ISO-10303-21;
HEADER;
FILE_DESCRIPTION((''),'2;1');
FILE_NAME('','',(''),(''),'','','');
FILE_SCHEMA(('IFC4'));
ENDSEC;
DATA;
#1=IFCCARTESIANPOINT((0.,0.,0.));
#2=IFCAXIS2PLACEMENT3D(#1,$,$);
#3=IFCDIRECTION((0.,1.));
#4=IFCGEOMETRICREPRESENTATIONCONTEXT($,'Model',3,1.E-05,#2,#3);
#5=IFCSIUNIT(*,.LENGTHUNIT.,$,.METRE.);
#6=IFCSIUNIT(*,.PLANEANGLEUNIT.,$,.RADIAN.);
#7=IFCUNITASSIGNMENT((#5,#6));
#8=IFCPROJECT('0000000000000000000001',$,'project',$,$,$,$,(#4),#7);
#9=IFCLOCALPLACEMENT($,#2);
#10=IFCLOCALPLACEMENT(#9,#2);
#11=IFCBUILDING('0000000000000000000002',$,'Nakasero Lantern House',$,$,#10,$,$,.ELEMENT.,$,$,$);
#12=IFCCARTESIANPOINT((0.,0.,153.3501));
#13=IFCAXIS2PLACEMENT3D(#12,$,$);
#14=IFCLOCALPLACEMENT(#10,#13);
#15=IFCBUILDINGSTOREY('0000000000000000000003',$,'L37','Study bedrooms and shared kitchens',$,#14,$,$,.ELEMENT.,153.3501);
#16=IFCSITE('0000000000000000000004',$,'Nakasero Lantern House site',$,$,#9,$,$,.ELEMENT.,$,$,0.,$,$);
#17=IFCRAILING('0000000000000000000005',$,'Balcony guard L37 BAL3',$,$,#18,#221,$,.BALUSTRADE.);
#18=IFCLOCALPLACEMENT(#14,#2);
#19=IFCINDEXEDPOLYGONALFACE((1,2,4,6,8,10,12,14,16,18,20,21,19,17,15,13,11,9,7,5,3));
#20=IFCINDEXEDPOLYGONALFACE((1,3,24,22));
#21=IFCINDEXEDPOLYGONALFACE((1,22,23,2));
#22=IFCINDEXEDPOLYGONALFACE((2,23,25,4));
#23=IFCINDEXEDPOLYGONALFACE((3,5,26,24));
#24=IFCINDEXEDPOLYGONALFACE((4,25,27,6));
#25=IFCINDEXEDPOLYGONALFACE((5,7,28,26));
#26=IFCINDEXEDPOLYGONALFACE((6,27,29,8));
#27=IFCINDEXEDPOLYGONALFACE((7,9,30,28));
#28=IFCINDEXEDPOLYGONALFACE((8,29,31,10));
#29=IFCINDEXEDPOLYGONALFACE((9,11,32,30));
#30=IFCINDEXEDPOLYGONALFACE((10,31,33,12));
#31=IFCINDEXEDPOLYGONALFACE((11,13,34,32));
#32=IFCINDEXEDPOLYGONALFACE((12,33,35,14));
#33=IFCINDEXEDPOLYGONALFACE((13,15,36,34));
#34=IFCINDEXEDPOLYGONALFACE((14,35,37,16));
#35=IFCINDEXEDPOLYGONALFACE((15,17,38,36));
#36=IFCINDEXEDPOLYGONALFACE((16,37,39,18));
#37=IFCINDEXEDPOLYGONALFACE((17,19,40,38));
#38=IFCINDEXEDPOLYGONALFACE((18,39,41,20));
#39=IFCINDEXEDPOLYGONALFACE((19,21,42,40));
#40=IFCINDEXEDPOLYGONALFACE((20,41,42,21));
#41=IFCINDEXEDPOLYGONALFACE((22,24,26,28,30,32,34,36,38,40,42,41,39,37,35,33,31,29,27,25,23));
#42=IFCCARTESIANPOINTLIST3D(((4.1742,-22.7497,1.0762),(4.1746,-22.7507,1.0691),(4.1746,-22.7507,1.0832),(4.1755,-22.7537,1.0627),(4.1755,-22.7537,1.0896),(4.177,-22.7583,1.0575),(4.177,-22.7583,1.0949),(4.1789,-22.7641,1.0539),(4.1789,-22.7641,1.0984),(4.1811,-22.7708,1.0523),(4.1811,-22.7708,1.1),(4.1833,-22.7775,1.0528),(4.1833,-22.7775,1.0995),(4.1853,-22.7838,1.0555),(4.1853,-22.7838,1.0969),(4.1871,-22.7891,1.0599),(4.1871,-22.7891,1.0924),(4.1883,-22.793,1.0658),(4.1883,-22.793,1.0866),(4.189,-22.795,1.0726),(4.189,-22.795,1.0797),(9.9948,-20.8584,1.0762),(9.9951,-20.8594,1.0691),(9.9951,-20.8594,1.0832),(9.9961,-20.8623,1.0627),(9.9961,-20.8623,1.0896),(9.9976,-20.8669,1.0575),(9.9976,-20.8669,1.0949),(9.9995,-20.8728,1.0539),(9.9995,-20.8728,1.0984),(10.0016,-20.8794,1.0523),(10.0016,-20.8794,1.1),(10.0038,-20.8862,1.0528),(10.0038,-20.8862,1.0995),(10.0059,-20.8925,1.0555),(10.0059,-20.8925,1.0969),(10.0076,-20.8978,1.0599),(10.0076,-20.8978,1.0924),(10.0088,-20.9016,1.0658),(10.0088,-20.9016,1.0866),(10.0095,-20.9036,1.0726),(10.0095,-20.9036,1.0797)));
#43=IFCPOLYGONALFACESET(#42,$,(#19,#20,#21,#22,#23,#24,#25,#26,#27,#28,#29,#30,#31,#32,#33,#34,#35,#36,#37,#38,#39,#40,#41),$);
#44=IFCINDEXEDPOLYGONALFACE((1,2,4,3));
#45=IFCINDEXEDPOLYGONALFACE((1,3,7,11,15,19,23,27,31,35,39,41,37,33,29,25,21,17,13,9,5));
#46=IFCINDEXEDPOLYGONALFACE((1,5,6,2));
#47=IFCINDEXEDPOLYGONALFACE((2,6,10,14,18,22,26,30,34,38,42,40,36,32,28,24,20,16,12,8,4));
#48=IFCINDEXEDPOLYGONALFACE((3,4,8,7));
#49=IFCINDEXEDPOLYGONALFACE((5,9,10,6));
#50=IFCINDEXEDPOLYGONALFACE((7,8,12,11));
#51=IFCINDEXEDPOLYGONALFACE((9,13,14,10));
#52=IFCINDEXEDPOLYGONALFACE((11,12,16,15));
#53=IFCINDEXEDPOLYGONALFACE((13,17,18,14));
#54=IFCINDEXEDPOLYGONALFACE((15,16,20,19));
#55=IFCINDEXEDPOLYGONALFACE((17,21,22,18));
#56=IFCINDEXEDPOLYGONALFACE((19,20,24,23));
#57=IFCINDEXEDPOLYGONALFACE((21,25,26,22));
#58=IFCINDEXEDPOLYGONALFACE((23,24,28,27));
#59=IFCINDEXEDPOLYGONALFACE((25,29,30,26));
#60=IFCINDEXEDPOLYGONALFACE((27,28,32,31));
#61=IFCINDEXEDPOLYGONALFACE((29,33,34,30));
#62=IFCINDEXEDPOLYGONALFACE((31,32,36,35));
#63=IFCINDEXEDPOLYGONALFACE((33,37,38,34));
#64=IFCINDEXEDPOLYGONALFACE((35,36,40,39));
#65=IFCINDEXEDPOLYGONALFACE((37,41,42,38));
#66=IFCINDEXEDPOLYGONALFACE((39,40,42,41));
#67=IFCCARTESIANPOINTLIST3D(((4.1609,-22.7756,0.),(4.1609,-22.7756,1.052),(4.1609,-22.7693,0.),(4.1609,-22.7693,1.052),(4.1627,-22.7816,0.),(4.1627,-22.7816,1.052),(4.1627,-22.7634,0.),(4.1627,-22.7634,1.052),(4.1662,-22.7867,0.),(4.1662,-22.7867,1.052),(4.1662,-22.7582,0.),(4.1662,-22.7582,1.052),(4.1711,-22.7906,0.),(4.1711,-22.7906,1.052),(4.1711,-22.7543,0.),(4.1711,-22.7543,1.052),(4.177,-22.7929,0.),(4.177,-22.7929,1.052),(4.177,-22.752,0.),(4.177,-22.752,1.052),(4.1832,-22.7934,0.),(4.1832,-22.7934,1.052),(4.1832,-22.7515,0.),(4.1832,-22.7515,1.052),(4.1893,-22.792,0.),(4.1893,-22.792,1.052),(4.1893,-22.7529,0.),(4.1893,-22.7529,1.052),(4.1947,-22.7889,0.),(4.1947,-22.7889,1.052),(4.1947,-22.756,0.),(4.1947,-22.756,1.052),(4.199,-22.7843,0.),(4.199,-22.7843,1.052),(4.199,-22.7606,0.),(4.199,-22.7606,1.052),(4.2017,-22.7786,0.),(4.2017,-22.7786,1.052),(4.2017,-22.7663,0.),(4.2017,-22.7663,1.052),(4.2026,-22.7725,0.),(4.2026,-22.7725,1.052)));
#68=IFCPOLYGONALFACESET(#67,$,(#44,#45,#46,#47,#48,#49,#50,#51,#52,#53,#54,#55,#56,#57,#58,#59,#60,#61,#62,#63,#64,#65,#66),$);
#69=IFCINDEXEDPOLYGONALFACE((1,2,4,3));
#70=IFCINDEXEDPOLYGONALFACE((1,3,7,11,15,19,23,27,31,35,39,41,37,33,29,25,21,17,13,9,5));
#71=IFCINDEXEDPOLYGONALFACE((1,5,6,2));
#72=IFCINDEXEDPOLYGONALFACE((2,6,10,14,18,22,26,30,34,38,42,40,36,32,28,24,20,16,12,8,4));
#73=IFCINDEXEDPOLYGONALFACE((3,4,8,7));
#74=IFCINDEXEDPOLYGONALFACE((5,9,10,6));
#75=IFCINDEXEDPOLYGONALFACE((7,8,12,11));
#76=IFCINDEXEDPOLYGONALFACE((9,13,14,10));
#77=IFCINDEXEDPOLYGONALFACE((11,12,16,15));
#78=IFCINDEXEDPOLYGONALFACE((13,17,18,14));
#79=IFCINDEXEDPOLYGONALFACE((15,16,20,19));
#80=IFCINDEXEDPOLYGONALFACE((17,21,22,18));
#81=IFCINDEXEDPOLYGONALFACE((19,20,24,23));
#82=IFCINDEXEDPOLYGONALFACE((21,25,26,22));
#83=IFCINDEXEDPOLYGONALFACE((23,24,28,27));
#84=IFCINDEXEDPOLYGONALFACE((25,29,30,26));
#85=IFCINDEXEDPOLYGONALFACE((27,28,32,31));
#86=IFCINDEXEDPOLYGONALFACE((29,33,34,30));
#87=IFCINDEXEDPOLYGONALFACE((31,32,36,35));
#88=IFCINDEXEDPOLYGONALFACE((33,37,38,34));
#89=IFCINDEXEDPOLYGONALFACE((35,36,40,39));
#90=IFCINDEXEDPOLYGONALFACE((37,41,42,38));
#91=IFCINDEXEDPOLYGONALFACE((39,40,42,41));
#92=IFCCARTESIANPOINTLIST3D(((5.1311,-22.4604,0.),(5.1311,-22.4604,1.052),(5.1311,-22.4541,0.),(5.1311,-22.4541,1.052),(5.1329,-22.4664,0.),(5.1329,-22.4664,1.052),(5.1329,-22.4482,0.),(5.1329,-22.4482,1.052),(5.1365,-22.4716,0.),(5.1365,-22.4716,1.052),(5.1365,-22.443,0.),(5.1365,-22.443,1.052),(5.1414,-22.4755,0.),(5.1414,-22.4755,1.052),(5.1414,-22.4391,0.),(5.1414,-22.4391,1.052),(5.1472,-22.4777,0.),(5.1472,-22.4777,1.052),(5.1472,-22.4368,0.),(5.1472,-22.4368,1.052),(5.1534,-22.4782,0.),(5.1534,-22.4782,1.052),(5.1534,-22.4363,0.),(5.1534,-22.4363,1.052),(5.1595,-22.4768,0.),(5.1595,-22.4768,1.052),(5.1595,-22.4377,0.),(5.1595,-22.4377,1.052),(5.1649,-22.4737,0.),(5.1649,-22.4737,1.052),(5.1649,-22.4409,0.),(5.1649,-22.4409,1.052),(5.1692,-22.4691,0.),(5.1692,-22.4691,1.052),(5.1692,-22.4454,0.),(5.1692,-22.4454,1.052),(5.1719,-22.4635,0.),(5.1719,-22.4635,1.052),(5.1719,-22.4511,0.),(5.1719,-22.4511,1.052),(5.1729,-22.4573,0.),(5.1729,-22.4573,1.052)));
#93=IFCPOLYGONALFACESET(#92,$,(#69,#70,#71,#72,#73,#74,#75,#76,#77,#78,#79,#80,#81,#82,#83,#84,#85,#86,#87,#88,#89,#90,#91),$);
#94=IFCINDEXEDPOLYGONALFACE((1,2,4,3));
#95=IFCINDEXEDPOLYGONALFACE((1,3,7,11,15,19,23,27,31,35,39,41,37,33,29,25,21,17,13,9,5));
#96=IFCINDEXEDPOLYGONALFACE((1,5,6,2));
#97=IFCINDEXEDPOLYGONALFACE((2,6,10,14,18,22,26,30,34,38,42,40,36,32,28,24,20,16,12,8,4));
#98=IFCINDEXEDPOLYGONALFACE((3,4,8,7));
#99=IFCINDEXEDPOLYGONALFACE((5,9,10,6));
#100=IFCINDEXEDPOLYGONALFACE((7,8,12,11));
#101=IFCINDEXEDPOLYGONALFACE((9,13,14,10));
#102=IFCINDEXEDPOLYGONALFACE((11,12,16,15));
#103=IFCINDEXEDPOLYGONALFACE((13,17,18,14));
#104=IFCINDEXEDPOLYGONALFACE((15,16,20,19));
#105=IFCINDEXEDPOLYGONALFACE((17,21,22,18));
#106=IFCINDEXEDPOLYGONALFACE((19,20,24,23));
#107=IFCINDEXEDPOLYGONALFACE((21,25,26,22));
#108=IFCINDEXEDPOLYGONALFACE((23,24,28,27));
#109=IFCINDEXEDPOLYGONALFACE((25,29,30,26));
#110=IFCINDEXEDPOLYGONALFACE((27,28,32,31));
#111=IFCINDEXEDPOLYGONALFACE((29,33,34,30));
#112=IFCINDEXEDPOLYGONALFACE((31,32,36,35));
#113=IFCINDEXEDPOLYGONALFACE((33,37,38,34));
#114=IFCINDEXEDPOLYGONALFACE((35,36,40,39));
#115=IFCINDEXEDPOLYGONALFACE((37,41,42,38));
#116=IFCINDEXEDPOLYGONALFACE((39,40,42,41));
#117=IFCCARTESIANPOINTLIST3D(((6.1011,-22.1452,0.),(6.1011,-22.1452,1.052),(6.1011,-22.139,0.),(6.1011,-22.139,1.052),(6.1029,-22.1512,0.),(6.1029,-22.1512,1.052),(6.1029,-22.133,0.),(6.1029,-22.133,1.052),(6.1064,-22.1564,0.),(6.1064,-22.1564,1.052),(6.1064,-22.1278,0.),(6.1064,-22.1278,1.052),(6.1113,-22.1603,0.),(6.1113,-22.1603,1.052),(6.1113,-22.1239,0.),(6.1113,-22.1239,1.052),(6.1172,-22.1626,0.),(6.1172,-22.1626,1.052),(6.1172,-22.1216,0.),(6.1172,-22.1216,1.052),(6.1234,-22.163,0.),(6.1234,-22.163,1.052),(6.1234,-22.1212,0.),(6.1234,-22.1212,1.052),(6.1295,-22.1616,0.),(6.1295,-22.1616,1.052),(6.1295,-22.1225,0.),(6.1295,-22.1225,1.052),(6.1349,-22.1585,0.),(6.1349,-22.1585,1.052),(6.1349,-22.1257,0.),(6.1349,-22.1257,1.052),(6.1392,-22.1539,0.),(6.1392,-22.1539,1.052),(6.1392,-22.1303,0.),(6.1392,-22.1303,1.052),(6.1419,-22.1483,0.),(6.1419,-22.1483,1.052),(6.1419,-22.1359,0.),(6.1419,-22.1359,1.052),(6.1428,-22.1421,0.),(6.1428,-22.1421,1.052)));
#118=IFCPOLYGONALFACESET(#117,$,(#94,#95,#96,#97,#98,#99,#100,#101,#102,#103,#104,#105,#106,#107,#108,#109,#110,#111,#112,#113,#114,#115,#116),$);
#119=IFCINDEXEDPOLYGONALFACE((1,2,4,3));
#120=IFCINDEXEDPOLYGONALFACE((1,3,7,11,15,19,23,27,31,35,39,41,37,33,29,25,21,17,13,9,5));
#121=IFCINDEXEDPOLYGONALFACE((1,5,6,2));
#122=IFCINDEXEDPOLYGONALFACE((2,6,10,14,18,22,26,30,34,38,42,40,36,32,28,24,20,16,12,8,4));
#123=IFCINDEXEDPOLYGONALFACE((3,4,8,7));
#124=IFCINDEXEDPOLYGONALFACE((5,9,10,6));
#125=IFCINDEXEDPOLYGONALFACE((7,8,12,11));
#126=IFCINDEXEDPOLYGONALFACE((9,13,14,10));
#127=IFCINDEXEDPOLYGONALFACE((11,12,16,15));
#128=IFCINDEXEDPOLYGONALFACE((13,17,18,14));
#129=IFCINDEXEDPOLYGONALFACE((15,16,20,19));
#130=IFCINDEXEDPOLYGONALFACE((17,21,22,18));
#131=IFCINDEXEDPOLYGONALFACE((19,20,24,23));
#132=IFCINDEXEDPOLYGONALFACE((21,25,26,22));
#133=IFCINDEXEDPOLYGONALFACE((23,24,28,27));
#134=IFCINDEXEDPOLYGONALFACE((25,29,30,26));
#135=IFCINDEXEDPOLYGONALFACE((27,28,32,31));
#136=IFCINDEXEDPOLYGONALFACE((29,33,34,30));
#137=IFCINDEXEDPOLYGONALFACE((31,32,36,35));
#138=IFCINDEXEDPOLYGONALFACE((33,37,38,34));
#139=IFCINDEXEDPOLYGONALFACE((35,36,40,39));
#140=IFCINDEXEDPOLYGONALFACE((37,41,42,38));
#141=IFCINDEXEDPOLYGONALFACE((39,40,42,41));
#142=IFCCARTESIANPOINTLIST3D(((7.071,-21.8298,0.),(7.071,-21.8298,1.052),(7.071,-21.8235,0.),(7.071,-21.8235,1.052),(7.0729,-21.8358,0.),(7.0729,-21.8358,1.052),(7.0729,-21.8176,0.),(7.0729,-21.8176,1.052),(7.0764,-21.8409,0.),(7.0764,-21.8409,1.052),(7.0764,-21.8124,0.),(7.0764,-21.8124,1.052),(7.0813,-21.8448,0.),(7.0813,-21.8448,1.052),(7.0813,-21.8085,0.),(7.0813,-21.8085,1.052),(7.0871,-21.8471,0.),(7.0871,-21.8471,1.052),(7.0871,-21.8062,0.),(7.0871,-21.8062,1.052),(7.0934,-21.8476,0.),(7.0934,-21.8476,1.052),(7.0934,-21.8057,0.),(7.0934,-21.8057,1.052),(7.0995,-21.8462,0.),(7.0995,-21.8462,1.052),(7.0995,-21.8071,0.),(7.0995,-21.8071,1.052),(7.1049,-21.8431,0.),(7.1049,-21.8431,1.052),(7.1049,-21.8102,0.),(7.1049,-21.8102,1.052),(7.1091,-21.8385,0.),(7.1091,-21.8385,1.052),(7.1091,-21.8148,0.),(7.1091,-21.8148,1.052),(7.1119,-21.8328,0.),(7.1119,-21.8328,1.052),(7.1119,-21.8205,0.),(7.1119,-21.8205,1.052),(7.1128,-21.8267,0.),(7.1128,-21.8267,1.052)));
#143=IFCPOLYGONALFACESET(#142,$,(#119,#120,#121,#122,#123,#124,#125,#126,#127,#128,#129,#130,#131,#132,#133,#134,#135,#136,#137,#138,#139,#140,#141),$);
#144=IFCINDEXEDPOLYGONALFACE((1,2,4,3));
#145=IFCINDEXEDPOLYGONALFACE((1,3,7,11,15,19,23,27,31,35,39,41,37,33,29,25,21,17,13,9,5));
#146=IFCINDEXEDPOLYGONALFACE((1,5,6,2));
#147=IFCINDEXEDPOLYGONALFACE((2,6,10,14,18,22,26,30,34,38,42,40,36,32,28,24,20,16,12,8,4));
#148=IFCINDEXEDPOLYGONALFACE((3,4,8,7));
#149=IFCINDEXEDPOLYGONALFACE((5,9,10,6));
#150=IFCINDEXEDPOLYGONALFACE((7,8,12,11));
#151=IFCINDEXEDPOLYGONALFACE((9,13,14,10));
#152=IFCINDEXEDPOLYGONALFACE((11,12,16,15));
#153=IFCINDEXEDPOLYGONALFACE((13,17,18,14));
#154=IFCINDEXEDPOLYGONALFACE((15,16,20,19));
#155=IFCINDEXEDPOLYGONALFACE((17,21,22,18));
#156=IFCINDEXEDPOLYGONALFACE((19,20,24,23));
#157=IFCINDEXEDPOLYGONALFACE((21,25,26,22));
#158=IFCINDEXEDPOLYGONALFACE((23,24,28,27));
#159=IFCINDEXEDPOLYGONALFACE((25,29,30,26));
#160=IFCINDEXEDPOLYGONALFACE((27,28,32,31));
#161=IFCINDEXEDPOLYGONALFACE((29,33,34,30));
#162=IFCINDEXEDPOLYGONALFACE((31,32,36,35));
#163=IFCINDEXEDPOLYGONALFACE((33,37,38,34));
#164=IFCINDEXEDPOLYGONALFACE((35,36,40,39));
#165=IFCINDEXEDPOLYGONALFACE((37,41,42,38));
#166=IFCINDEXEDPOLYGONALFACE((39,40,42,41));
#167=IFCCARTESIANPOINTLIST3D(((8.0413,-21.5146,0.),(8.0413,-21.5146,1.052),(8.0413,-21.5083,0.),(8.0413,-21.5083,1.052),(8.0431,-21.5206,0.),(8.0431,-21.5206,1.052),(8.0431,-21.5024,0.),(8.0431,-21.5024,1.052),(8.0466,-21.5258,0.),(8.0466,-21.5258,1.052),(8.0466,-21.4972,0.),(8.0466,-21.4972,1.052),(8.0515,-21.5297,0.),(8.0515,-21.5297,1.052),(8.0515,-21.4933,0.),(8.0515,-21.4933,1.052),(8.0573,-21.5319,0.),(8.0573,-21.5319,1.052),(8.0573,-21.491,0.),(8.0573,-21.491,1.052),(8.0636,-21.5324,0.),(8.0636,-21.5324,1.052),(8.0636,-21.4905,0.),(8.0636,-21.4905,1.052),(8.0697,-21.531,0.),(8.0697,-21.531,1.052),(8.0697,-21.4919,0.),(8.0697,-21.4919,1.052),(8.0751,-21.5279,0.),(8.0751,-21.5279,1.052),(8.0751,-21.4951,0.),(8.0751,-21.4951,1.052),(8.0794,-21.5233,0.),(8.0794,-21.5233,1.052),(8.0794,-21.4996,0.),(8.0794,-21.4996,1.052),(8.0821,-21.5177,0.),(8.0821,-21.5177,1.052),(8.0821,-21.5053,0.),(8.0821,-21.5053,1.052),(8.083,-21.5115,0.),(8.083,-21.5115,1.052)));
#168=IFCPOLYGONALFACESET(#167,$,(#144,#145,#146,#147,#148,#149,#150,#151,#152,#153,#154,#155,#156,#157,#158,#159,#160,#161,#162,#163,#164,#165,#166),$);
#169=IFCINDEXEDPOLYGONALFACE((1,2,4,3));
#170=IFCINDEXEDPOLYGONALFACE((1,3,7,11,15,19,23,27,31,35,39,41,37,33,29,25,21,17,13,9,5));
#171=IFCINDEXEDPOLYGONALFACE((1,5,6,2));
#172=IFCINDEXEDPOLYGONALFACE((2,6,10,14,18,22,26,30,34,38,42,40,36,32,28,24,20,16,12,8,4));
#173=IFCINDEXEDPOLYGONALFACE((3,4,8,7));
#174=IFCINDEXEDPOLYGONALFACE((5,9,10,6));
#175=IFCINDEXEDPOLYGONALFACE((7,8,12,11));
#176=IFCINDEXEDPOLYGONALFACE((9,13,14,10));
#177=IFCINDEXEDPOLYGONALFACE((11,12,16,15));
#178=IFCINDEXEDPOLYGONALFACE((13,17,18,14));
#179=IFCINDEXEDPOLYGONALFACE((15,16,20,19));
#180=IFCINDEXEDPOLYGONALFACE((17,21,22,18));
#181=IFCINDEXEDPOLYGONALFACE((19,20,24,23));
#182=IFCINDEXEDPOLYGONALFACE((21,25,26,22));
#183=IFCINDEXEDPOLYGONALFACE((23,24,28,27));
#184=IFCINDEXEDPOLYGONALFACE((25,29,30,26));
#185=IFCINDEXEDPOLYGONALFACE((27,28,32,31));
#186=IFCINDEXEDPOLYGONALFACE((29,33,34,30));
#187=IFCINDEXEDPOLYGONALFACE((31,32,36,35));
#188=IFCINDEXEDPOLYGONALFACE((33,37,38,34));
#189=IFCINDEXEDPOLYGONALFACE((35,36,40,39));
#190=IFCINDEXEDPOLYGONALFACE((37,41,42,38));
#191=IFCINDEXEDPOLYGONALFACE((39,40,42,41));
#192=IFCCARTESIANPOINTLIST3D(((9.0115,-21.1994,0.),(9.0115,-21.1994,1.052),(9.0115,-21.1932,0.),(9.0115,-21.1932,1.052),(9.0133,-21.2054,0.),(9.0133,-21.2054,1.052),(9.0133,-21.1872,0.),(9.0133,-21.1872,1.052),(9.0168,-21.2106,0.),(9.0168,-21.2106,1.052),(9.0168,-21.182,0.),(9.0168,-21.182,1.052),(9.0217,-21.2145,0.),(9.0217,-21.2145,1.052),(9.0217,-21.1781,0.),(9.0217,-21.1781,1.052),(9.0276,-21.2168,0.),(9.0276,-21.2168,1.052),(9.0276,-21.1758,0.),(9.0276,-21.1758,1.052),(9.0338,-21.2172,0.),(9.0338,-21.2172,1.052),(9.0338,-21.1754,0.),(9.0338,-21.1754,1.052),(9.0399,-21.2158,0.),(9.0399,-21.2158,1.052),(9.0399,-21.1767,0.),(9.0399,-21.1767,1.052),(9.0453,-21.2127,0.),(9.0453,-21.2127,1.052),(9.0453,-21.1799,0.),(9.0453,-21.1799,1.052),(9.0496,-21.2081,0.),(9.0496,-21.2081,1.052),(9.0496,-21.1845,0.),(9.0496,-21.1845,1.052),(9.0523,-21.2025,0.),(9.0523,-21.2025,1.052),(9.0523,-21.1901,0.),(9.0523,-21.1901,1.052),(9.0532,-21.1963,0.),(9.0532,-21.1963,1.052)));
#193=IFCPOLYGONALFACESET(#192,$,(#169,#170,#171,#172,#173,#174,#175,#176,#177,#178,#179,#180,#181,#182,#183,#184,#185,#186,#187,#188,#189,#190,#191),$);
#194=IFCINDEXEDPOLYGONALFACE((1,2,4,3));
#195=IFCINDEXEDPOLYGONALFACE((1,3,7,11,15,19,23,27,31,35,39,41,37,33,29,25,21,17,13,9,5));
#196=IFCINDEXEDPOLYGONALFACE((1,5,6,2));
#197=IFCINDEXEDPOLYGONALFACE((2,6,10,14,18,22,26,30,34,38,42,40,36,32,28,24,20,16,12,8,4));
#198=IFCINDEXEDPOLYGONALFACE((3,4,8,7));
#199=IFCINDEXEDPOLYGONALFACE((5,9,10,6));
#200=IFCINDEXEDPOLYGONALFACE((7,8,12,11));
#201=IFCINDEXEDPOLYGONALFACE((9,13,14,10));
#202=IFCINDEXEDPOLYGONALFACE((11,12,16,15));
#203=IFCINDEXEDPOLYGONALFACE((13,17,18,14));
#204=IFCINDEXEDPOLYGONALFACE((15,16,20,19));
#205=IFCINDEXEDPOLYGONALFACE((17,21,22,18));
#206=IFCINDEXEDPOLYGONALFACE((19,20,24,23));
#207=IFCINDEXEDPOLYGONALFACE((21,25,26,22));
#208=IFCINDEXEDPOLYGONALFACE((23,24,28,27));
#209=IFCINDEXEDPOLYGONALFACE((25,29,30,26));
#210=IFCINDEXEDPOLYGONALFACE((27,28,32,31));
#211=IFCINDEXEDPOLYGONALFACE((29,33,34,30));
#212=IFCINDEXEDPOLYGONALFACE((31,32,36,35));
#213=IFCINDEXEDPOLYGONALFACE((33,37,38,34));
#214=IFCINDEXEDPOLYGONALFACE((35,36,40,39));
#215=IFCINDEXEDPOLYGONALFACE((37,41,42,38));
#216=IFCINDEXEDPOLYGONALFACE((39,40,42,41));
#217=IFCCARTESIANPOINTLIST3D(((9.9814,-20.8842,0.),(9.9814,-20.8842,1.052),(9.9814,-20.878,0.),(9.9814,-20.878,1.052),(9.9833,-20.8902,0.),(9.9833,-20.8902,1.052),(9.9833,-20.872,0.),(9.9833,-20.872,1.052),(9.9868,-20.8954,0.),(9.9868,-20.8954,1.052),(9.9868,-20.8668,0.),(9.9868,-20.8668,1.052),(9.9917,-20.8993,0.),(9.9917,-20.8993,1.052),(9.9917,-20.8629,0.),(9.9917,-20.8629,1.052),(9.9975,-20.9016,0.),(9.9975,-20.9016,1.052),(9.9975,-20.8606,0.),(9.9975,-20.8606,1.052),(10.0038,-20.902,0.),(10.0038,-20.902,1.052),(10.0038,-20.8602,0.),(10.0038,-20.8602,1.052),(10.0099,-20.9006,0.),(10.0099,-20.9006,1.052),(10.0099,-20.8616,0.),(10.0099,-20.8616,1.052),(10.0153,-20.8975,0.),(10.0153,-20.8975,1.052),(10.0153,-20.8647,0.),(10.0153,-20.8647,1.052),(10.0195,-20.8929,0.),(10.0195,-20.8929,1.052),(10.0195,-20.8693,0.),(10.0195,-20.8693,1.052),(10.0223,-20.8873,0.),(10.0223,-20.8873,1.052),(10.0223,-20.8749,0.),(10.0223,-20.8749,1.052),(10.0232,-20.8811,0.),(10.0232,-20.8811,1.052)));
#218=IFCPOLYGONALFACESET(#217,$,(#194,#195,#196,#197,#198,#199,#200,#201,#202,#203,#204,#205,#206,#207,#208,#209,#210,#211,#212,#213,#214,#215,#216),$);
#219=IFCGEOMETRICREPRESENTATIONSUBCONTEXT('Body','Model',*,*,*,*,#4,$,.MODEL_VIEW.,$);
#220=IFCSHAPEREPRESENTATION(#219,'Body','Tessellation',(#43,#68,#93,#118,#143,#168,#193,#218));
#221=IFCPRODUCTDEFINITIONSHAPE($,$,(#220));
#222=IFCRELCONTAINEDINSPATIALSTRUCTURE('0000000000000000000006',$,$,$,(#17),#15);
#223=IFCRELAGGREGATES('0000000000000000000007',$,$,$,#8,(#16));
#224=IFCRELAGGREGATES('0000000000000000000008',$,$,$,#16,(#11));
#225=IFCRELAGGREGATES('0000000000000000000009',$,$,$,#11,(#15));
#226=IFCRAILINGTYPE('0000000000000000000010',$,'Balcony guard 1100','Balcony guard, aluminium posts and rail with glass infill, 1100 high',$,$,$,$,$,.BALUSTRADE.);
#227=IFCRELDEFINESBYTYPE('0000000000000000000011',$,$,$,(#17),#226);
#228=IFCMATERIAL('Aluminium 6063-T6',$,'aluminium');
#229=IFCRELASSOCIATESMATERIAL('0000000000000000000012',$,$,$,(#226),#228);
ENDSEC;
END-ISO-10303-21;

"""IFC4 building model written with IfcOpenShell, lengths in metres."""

from ifc_helpers import new_model, si_unit, direction, frame, origin, origin_2d, place, context, subcontext, project, spatial, circle, extrude, material, type_object, element, save


model = new_model("IFC4")

# Units and contexts
model_context = context("Model", 3, precision=1e-05, world=origin(), true_north=direction((0.0, 1.0)))
body_context = subcontext(model_context, "Body", "Model", "MODEL_VIEW")
ifc_project = project(units=[si_unit("LENGTHUNIT", "METRE"), si_unit("PLANEANGLEUNIT", "RADIAN")], contexts=[model_context])

# Site, building, storey
site_placement = place(None, origin())
site = spatial("IfcSite", under=ifc_project, at=site_placement, Name="Nakasero Lantern House site", CompositionType="ELEMENT", RefElevation=0.0)
building_placement = place(site_placement, origin())
building = spatial("IfcBuilding", under=site, at=building_placement, Name="Nakasero Lantern House", CompositionType="ELEMENT")
storey_placement = place(building_placement, frame((0.0, 0.0, 153.3501)))
storey = spatial("IfcBuildingStorey", under=building, at=storey_placement, Name="L37", Description="Study bedrooms and shared kitchens", CompositionType="ELEMENT", Elevation=153.3501)

# Railing
ifc_material_1 = material(Name="Aluminium 6063-T6", Category="aluminium")
railing_type = type_object("IfcRailingType", Name="Balcony guard 1100", Description="Balcony guard, aluminium posts and rail with glass infill, 1100 high", PredefinedType="BALUSTRADE", material=ifc_material_1)
railing_placement = place(storey_placement, frame((4.1816, -22.7725, 0.0)))
element("IfcRailing", 1, at=railing_placement, inside=storey, type_object=railing_type, Name="Balcony guard L37 BAL3", PredefinedType="BALUSTRADE", context=body_context, shape_type="SweptSolid", body=[
    extrude(circle(Radius=0.0239, at=origin_2d()), frame((0.0, 0.0, 1.0762), z_axis=(0.95105, 0.309038, 0.0), x_axis=(-0.309038, 0.95105, 0.0)), (0.0, 0.0, 1.0), 6.1201),
    extrude(circle(Radius=0.021, at=origin_2d()), origin(), (0.0, 0.0, 1.0), 1.052),
    extrude(circle(Radius=0.021, at=origin_2d()), frame((0.9702, 0.3152, 0.0)), (0.0, 0.0, 1.0), 1.052),
    extrude(circle(Radius=0.021, at=origin_2d()), frame((1.9402, 0.6304, 0.0)), (0.0, 0.0, 1.0), 1.052),
    extrude(circle(Radius=0.021, at=origin_2d()), frame((2.9102, 0.9458, 0.0)), (0.0, 0.0, 1.0), 1.052),
    extrude(circle(Radius=0.021, at=origin_2d()), frame((3.8804, 1.261, 0.0)), (0.0, 0.0, 1.0), 1.052),
    extrude(circle(Radius=0.021, at=origin_2d()), frame((4.8506, 1.5762, 0.0)), (0.0, 0.0, 1.0), 1.052),
    extrude(circle(Radius=0.021, at=origin_2d()), frame((5.8206, 1.8914, 0.0)), (0.0, 0.0, 1.0), 1.052),
])

save(model, "model.ifc")
